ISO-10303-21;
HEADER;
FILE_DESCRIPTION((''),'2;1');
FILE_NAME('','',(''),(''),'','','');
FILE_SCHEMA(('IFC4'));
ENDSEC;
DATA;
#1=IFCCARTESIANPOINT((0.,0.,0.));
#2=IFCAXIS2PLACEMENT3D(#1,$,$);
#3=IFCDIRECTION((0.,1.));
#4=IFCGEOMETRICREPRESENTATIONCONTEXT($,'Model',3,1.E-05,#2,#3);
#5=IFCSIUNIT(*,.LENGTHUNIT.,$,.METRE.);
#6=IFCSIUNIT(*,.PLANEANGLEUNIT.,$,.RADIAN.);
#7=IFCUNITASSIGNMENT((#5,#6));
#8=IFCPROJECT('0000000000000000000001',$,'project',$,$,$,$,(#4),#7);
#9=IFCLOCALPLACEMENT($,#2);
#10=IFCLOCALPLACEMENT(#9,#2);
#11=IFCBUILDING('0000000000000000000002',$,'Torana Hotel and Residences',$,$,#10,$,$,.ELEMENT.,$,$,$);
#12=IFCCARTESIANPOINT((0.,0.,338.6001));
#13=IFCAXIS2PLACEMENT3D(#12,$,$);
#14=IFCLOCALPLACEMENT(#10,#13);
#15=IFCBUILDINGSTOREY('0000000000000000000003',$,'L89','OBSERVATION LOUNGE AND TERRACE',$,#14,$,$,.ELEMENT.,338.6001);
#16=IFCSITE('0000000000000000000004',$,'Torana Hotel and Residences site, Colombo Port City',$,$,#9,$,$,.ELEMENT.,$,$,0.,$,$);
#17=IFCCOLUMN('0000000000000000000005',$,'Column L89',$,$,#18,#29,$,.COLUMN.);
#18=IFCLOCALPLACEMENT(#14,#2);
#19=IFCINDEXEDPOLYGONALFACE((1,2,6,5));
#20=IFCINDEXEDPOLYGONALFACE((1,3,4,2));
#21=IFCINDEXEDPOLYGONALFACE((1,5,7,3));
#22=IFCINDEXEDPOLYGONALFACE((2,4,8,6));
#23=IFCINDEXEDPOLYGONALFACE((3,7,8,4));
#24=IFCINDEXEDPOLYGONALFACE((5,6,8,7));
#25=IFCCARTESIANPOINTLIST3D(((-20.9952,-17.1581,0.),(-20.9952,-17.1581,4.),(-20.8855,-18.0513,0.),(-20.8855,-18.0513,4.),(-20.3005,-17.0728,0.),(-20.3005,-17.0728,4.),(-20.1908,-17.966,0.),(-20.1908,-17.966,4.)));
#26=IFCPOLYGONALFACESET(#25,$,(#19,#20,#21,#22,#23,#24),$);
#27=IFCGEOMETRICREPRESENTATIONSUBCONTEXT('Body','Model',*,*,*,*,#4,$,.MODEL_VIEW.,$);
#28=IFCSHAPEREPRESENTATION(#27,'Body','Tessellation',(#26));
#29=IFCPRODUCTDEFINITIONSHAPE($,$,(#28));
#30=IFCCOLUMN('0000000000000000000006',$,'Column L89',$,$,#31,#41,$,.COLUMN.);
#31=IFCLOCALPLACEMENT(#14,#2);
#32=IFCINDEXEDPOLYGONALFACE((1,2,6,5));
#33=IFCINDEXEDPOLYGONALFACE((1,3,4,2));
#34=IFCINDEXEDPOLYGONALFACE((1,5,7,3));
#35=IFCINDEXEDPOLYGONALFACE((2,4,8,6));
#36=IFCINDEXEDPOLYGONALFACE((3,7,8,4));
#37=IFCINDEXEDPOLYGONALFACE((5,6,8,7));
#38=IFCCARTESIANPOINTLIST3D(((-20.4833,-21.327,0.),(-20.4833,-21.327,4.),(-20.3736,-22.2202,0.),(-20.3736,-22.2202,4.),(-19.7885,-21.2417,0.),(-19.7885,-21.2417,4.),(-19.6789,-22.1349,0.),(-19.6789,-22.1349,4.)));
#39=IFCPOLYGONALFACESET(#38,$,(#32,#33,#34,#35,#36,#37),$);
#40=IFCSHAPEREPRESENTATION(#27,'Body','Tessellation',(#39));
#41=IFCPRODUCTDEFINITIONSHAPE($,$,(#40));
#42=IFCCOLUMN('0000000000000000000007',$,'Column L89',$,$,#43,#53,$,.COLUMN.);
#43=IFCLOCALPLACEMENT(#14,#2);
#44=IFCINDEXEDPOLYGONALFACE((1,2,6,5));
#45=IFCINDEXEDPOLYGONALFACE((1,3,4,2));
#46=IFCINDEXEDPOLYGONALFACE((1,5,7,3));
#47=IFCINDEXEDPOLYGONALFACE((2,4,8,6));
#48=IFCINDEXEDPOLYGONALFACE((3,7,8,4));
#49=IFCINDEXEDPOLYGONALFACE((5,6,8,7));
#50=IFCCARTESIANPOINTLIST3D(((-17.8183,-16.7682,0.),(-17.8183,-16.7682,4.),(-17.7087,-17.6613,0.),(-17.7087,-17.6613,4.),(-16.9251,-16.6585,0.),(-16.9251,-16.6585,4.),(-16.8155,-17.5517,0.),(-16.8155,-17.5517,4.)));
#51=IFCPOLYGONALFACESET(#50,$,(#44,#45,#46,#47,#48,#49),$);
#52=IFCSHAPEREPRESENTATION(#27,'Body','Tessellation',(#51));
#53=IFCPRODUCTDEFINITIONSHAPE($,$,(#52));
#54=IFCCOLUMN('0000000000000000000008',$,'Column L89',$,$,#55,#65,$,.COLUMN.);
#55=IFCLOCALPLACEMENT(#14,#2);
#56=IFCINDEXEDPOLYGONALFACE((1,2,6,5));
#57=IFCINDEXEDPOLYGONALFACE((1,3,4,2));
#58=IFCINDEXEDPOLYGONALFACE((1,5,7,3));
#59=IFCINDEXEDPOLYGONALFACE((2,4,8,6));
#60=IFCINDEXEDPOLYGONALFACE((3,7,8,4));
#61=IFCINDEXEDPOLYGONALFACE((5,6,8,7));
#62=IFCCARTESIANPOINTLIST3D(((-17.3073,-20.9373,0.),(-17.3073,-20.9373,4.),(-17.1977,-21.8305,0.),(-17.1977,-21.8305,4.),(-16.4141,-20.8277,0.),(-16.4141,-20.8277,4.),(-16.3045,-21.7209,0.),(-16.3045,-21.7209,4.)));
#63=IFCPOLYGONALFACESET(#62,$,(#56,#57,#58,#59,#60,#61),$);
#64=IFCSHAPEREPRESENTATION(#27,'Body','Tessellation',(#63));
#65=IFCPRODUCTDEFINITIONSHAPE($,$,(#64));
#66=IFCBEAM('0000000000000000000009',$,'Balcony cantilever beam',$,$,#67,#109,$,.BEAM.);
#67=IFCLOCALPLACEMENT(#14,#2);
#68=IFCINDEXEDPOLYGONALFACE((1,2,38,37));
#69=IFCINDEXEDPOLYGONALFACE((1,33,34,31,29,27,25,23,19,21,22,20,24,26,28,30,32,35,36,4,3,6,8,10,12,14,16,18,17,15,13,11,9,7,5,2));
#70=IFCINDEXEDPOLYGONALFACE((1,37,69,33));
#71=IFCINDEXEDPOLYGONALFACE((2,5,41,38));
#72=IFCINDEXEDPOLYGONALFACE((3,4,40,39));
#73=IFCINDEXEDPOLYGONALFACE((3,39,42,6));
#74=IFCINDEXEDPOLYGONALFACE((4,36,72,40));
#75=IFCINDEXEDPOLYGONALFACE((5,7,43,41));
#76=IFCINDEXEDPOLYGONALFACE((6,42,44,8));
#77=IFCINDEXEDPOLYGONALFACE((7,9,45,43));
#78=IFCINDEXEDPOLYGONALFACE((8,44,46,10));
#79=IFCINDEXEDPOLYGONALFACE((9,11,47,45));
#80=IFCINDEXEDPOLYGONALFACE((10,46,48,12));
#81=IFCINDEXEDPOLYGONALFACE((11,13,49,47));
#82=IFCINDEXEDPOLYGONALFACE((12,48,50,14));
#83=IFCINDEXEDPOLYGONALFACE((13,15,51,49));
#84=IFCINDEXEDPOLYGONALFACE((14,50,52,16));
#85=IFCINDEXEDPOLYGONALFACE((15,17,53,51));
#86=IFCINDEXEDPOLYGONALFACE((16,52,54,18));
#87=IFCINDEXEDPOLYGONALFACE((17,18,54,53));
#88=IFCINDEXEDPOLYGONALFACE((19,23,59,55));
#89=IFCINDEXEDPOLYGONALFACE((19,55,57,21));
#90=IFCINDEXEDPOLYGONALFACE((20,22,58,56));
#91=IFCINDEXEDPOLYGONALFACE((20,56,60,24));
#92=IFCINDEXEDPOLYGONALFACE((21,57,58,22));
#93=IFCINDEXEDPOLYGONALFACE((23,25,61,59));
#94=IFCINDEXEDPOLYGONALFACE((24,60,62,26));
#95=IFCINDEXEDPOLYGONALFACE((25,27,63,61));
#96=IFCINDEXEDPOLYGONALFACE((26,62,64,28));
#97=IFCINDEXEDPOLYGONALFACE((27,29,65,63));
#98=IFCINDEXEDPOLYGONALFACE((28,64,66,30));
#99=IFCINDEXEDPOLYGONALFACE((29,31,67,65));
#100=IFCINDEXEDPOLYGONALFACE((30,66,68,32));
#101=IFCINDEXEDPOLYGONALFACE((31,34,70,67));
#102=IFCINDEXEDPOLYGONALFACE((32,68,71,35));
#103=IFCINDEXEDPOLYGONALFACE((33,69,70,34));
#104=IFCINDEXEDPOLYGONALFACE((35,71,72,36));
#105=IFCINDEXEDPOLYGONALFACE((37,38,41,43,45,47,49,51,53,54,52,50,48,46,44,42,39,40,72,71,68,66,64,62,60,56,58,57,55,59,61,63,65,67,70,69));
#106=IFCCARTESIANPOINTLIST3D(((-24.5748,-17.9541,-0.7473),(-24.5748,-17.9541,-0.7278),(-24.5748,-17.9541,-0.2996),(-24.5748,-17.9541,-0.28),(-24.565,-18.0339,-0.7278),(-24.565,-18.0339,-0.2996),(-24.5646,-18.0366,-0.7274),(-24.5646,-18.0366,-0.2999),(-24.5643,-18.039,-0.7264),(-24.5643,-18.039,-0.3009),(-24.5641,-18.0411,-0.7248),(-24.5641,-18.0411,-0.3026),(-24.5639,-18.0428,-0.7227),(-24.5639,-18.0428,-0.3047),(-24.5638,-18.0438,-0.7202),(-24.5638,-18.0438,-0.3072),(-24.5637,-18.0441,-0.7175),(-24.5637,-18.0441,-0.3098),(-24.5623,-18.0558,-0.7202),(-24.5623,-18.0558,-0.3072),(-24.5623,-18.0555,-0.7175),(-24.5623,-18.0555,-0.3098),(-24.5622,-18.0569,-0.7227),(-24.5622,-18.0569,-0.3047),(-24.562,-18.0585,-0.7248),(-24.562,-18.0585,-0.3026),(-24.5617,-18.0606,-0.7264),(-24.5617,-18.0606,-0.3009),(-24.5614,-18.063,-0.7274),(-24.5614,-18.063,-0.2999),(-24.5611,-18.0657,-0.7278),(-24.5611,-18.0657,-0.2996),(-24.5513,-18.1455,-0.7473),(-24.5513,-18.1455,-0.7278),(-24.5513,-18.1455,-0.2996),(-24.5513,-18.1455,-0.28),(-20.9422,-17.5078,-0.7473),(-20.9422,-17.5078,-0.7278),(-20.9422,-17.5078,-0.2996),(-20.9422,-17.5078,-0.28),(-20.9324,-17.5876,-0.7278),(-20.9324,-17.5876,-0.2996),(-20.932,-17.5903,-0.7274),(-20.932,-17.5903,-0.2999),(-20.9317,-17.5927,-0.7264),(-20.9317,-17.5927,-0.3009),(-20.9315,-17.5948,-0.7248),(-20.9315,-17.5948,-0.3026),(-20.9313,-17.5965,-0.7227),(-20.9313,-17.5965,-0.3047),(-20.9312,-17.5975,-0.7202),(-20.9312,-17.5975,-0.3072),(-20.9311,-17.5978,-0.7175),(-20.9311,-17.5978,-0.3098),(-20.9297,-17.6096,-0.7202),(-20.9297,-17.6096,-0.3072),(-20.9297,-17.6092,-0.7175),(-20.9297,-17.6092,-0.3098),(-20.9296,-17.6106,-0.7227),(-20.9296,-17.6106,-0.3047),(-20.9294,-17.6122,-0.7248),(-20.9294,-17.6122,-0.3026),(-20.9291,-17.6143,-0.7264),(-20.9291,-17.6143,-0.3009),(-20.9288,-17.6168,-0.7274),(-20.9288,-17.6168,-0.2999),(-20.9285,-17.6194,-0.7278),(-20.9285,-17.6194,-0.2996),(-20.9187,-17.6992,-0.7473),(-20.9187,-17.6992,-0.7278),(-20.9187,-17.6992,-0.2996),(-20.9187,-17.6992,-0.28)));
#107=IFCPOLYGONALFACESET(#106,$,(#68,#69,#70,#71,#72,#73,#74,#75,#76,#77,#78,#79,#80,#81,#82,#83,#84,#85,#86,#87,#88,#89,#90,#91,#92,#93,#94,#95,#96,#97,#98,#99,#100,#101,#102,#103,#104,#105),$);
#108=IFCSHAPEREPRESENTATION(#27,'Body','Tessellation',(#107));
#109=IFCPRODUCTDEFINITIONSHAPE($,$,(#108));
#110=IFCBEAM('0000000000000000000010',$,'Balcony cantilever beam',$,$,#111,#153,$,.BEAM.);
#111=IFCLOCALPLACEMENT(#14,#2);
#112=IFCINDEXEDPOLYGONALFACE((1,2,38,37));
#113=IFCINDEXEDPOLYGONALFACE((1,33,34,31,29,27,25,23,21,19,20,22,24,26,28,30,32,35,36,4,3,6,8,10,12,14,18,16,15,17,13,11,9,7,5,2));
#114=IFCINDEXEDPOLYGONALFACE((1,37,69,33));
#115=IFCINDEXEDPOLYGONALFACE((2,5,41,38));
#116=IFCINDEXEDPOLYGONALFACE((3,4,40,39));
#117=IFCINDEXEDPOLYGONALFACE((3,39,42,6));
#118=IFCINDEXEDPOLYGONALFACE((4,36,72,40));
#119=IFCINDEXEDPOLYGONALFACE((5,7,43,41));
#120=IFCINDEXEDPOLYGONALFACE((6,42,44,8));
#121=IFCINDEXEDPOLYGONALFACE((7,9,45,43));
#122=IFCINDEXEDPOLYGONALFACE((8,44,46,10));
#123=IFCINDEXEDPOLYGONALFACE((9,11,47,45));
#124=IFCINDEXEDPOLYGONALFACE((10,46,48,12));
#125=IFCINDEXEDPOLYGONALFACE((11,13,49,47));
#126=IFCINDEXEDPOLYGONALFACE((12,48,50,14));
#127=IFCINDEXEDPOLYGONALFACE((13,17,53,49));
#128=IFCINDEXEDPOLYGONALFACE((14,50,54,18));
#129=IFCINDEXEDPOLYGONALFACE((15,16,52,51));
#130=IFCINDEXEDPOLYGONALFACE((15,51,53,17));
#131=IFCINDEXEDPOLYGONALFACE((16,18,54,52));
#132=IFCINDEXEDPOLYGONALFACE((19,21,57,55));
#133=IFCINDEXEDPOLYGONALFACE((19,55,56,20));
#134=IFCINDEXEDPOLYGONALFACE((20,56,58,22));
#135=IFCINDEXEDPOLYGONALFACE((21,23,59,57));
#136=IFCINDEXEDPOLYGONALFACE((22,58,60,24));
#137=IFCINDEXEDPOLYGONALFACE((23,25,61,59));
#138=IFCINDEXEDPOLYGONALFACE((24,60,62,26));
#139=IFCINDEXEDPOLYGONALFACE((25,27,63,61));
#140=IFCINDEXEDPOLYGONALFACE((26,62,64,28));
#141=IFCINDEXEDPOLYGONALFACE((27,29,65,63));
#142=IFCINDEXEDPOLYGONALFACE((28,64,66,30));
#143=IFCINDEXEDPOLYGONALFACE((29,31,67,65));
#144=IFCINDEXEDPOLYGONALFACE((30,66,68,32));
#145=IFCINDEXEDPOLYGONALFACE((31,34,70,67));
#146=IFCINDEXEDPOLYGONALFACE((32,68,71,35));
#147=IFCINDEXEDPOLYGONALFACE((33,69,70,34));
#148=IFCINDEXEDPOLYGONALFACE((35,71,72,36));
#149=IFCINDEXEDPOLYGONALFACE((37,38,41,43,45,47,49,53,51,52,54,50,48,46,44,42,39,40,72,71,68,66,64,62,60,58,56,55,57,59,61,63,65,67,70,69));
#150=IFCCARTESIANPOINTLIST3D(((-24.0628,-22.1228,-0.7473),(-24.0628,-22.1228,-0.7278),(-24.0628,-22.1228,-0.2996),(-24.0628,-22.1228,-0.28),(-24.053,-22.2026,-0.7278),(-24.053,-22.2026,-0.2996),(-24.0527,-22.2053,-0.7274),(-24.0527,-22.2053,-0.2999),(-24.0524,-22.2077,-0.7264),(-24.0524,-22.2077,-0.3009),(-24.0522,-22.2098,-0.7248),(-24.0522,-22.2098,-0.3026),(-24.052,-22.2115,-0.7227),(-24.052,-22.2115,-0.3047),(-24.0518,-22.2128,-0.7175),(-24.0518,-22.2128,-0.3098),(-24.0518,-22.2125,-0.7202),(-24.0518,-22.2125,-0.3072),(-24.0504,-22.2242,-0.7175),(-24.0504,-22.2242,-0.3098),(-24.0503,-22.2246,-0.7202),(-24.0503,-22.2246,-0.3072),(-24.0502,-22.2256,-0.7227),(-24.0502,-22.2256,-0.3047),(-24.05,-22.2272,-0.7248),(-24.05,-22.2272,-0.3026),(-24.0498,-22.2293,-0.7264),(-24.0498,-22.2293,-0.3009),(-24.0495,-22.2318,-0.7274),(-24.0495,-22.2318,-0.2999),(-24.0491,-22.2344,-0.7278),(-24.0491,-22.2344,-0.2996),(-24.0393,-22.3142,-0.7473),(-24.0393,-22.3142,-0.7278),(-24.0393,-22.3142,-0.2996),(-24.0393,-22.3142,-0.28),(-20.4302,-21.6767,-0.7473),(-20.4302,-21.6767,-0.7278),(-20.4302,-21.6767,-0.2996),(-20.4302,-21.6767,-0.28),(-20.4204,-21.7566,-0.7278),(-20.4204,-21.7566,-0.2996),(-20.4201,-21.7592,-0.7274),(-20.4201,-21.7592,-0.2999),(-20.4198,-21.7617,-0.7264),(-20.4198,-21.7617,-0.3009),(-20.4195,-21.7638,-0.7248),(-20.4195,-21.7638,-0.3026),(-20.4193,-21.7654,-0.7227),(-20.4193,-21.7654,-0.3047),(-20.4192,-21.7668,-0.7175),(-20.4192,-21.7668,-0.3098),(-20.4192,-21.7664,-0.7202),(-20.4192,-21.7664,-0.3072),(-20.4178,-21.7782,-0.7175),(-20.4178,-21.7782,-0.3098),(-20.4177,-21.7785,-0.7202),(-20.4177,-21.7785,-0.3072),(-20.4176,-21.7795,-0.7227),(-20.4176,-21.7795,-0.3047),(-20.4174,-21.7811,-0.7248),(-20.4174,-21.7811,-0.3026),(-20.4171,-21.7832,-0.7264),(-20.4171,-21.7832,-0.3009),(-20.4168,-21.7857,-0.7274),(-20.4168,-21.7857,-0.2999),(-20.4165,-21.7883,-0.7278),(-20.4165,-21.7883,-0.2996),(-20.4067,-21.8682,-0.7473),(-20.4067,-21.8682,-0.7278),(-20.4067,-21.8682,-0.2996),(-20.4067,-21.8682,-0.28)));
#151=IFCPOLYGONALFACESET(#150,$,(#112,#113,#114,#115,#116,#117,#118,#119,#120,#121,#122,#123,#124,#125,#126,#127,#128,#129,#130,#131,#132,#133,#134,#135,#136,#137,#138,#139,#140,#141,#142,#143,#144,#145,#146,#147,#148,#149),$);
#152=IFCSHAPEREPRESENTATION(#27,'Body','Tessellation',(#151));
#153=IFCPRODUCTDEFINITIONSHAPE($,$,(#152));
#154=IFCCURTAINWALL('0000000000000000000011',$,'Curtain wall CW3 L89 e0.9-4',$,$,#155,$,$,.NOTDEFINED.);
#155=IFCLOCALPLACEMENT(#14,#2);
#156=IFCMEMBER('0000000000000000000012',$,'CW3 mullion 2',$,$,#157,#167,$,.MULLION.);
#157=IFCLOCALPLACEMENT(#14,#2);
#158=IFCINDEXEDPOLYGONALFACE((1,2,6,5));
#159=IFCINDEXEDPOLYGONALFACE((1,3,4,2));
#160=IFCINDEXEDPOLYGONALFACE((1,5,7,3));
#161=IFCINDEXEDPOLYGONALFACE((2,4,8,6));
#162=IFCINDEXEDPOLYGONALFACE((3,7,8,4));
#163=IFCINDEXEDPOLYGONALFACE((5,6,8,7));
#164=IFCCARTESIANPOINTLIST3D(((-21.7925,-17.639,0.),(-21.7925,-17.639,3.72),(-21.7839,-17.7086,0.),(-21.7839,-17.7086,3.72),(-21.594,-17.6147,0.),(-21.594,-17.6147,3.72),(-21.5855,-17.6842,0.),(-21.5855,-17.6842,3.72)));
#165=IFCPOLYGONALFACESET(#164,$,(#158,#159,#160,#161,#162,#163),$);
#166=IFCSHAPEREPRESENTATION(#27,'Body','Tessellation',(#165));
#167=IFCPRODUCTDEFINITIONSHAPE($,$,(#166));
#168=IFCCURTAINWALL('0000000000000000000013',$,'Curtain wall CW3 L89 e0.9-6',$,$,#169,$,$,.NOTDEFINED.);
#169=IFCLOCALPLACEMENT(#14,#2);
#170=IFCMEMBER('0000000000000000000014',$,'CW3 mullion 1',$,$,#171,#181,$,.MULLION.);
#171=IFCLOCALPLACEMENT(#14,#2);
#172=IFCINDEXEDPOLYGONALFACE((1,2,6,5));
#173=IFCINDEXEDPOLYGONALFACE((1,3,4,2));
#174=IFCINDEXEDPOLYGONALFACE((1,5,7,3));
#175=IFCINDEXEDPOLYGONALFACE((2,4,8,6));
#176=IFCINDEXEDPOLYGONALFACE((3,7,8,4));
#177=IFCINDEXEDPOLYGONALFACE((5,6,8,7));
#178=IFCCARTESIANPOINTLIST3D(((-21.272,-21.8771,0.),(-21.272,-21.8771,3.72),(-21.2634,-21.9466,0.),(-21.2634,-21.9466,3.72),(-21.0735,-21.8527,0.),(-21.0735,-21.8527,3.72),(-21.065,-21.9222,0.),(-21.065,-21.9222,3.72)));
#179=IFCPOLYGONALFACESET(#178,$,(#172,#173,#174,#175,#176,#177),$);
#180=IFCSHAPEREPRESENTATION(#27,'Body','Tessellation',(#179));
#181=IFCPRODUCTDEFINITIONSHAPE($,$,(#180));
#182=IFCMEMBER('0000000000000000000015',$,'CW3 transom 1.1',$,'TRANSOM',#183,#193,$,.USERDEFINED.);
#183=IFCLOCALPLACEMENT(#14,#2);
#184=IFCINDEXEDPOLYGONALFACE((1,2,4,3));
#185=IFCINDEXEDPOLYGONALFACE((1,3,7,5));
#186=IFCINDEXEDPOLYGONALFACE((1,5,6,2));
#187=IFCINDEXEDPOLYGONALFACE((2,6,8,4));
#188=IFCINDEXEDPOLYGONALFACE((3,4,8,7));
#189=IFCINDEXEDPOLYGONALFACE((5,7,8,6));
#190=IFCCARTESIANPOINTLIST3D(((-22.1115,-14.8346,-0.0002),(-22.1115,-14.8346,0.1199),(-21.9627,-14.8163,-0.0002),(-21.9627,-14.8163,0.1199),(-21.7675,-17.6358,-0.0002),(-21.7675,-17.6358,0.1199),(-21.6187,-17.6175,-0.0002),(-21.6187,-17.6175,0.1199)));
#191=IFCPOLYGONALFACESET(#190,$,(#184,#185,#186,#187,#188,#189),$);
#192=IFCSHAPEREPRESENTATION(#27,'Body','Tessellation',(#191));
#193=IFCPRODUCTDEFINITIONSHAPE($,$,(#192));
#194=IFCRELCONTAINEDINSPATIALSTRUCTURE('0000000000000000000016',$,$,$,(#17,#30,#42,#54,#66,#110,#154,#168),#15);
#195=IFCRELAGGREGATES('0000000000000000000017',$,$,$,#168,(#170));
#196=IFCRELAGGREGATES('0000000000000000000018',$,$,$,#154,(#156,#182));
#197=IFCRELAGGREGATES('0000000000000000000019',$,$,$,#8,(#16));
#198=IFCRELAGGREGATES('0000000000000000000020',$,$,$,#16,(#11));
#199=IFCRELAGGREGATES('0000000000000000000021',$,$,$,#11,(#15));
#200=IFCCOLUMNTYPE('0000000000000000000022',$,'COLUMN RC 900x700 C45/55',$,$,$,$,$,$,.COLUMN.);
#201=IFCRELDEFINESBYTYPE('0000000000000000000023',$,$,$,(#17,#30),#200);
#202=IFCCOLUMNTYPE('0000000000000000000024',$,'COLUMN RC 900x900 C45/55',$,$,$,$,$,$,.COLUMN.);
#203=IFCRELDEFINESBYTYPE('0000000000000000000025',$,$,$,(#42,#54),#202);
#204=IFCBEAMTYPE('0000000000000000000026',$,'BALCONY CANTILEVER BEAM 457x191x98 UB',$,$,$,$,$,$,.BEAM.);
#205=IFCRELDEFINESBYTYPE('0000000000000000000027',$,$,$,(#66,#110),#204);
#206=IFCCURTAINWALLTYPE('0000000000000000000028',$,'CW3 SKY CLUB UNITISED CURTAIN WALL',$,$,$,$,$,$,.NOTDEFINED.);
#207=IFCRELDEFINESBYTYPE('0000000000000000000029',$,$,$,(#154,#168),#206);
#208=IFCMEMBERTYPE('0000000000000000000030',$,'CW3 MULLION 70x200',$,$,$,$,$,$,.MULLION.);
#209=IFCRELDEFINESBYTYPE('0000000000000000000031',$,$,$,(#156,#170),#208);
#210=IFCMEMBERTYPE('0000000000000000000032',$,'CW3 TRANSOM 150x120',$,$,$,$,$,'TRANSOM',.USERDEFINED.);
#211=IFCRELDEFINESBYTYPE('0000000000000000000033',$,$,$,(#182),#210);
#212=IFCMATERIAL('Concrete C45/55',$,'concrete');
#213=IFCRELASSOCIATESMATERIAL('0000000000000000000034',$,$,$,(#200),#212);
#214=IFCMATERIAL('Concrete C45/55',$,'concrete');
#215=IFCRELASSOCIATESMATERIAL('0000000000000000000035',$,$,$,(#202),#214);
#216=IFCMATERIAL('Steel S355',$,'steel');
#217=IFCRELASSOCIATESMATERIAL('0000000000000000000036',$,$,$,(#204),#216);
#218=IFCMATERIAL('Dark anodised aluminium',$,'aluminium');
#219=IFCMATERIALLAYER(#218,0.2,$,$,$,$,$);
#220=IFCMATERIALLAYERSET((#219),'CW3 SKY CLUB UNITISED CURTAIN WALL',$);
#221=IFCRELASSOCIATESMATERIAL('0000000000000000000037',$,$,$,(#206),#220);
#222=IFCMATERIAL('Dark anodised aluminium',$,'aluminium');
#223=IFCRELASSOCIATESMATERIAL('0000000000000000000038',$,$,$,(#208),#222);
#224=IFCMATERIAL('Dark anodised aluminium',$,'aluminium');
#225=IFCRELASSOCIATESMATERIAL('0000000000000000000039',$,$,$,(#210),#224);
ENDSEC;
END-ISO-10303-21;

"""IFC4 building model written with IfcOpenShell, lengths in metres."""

from ifc_helpers import new_model, si_unit, direction, frame, origin, origin_2d, place, context, subcontext, project, spatial, rectangle, i_section, extrude, material, layer, layer_set, material_profile, profile_set, type_object, element, aggregate, save


model = new_model("IFC4")

# Units and contexts
model_context = context("Model", 3, precision=1e-05, world=origin(), true_north=direction((0.0, 1.0)))
body_context = subcontext(model_context, "Body", "Model", "MODEL_VIEW")
ifc_project = project(units=[si_unit("LENGTHUNIT", "METRE"), si_unit("PLANEANGLEUNIT", "RADIAN")], contexts=[model_context])

# Site, building, storey
site_placement = place(None, origin())
site = spatial("IfcSite", under=ifc_project, at=site_placement, Name="Torana Hotel and Residences site, Colombo Port City", CompositionType="ELEMENT", RefElevation=0.0)
building_placement = place(site_placement, origin())
building = spatial("IfcBuilding", under=site, at=building_placement, Name="Torana Hotel and Residences", CompositionType="ELEMENT")
storey_placement = place(building_placement, frame((0.0, 0.0, 338.6001)))
storey = spatial("IfcBuildingStorey", under=building, at=storey_placement, Name="L89", Description="OBSERVATION LOUNGE AND TERRACE", CompositionType="ELEMENT", Elevation=338.6001)

# Columns
ifc_material_1 = material(Name="Concrete C45/55", Category="concrete")
ifc_material_profile_1 = material_profile(ifc_material_1, rectangle(XDim=0.8999, YDim=0.7, at=origin_2d()), Name="RC 900x700")
ifc_profile_set_1 = profile_set([ifc_material_profile_1], Name="Concrete C45/55")
column_type_1 = type_object("IfcColumnType", Name="COLUMN RC 900x700 C45/55", PredefinedType="COLUMN", material=ifc_profile_set_1)
for number, where, z_axis, x_axis, name in (
    (1, (-20.593, -17.562, 0.0), (0.0, 0.0, 1.0), (-0.121869, 0.992546, 0.0), "Column L89"),
    (2, (-20.0811, -21.731, 0.0), (0.0, 0.0, 1.0), (-0.121869, 0.992546, 0.0), "Column L89"),
):
    element("IfcColumn", number, at=place(storey_placement, frame(where, z_axis=z_axis, x_axis=x_axis)), inside=storey, type_object=column_type_1, Name=name, PredefinedType="COLUMN", context=body_context, shape_type="SweptSolid", body=[
        extrude(rectangle(XDim=0.8999, YDim=0.7, at=origin_2d()), origin(), (0.0, 0.0, 1.0), 4.0),
    ])
ifc_material_2 = material(Name="Concrete C45/55", Category="concrete")
ifc_material_profile_2 = material_profile(ifc_material_2, rectangle(XDim=0.8999, YDim=0.8999, at=origin_2d()), Name="RC 900x900")
ifc_profile_set_2 = profile_set([ifc_material_profile_2], Name="Concrete C45/55")
column_type_2 = type_object("IfcColumnType", Name="COLUMN RC 900x900 C45/55", PredefinedType="COLUMN", material=ifc_profile_set_2)
for number, where, z_axis, x_axis, name in (
    (3, (-17.3169, -17.1599, 0.0), (0.0, 0.0, 1.0), (0.992546, 0.121869, 0.0), "Column L89"),
    (4, (-16.8059, -21.3291, 0.0), (0.0, 0.0, 1.0), (0.992546, 0.121869, 0.0), "Column L89"),
):
    element("IfcColumn", number, at=place(storey_placement, frame(where, z_axis=z_axis, x_axis=x_axis)), inside=storey, type_object=column_type_2, Name=name, PredefinedType="COLUMN", context=body_context, shape_type="SweptSolid", body=[
        extrude(rectangle(XDim=0.8999, YDim=0.8999, at=origin_2d()), origin(), (0.0, 0.0, 1.0), 4.0),
    ])

# Beams
ifc_material_3 = material(Name="Steel S355", Category="steel")
ifc_material_profile_3 = material_profile(ifc_material_3, i_section(OverallWidth=0.1929, OverallDepth=0.4673, WebThickness=0.0115, FlangeThickness=0.0195, FilletRadius=0.0103, at=origin_2d()), Name="457x191x98 UB")
ifc_profile_set_3 = profile_set([ifc_material_profile_3], Name="Steel S355")
beam_type = type_object("IfcBeamType", Name="BALCONY CANTILEVER BEAM 457x191x98 UB", PredefinedType="BEAM", material=ifc_profile_set_3)
for number, where, z_axis, x_axis, name in (
    (5, (-20.9304, -17.6035, -0.5137), (-0.992537, -0.121941, 0.0), (0.121941, -0.992537, 0.0), "Balcony cantilever beam"),
    (6, (-20.4185, -21.7725, -0.5137), (-0.992545, -0.121875, 0.0), (0.121875, -0.992545, 0.0), "Balcony cantilever beam"),
):
    element("IfcBeam", number, at=place(storey_placement, frame(where, z_axis=z_axis, x_axis=x_axis)), inside=storey, type_object=beam_type, Name=name, PredefinedType="BEAM", context=body_context, shape_type="SweptSolid", body=[
        extrude(i_section(OverallWidth=0.1929, OverallDepth=0.4673, WebThickness=0.0115, FlangeThickness=0.0195, FilletRadius=0.0103, at=origin_2d()), origin(), (0.0, 0.0, 1.0), 3.6599),
    ])

# Curtain walls, members
ifc_material_4 = material(Name="Dark anodised aluminium", Category="aluminium")
ifc_layer_1 = layer(ifc_material_4, 0.2)
ifc_layer_set_1 = layer_set([ifc_layer_1], Name="CW3 SKY CLUB UNITISED CURTAIN WALL")
curtain_wall_type = type_object("IfcCurtainWallType", Name="CW3 SKY CLUB UNITISED CURTAIN WALL", PredefinedType="NOTDEFINED", material=ifc_layer_set_1)
curtain_wall_1_placement = place(storey_placement, origin())
curtain_wall_1 = element("IfcCurtainWall", 7, at=curtain_wall_1_placement, inside=storey, type_object=curtain_wall_type, Name="Curtain wall CW3 L89 e0.9-4", PredefinedType="NOTDEFINED")
ifc_material_5 = material(Name="Dark anodised aluminium", Category="aluminium")
ifc_material_profile_4 = material_profile(ifc_material_5, rectangle(XDim=0.2, YDim=0.0701, at=origin_2d()), Name="CW3 MULLION 70x200")
ifc_profile_set_4 = profile_set([ifc_material_profile_4], Name="Dark anodised aluminium")
member_type_1 = type_object("IfcMemberType", Name="CW3 MULLION 70x200", PredefinedType="MULLION", material=ifc_profile_set_4)
member_1_placement = place(storey_placement, frame((-21.689, -17.6616, 0.0), z_axis=(0.0, 0.0, 1.0), x_axis=(0.992548, 0.121857, 0.0)))
member_1 = element("IfcMember", 8, at=member_1_placement, type_object=member_type_1, Name="CW3 mullion 2", PredefinedType="MULLION", context=body_context, shape_type="SweptSolid", body=[
    extrude(rectangle(XDim=0.2, YDim=0.0701, at=origin_2d()), origin(), (0.0, 0.0, 1.0), 3.72),
])
curtain_wall_2_placement = place(storey_placement, origin())
curtain_wall_2 = element("IfcCurtainWall", 9, at=curtain_wall_2_placement, inside=storey, type_object=curtain_wall_type, Name="Curtain wall CW3 L89 e0.9-6", PredefinedType="NOTDEFINED")
member_2_placement = place(storey_placement, frame((-21.1685, -21.8997, 0.0), z_axis=(0.0, 0.0, 1.0), x_axis=(0.992544, 0.121883, 0.0)))
member_2 = element("IfcMember", 10, at=member_2_placement, type_object=member_type_1, Name="CW3 mullion 1", PredefinedType="MULLION", context=body_context, shape_type="SweptSolid", body=[
    extrude(rectangle(XDim=0.2, YDim=0.0701, at=origin_2d()), origin(), (0.0, 0.0, 1.0), 3.72),
])

# Member
ifc_material_6 = material(Name="Dark anodised aluminium", Category="aluminium")
ifc_material_profile_5 = material_profile(ifc_material_6, rectangle(XDim=0.1499, YDim=0.1201, at=origin_2d()), Name="CW3 TRANSOM 150x120")
ifc_profile_set_5 = profile_set([ifc_material_profile_5], Name="Dark anodised aluminium")
member_type_2 = type_object("IfcMemberType", Name="CW3 TRANSOM 150x120", ElementType="TRANSOM", PredefinedType="USERDEFINED", material=ifc_profile_set_5)
member_3_placement = place(storey_placement, frame((-22.0371, -14.8254, 0.0598), z_axis=(0.121884, -0.992544, 0.0), x_axis=(0.992544, 0.121884, 0.0)))
member_3 = element("IfcMember", 11, at=member_3_placement, type_object=member_type_2, Name="CW3 transom 1.1", ObjectType="TRANSOM", PredefinedType="USERDEFINED", context=body_context, shape_type="SweptSolid", body=[
    extrude(rectangle(XDim=0.1499, YDim=0.1201, at=origin_2d()), origin(), (0.0, 0.0, 1.0), 2.8223),
])
aggregate(curtain_wall_2, [member_2])

aggregate(curtain_wall_1, [member_1, member_3])

save(model, "model.ifc")
